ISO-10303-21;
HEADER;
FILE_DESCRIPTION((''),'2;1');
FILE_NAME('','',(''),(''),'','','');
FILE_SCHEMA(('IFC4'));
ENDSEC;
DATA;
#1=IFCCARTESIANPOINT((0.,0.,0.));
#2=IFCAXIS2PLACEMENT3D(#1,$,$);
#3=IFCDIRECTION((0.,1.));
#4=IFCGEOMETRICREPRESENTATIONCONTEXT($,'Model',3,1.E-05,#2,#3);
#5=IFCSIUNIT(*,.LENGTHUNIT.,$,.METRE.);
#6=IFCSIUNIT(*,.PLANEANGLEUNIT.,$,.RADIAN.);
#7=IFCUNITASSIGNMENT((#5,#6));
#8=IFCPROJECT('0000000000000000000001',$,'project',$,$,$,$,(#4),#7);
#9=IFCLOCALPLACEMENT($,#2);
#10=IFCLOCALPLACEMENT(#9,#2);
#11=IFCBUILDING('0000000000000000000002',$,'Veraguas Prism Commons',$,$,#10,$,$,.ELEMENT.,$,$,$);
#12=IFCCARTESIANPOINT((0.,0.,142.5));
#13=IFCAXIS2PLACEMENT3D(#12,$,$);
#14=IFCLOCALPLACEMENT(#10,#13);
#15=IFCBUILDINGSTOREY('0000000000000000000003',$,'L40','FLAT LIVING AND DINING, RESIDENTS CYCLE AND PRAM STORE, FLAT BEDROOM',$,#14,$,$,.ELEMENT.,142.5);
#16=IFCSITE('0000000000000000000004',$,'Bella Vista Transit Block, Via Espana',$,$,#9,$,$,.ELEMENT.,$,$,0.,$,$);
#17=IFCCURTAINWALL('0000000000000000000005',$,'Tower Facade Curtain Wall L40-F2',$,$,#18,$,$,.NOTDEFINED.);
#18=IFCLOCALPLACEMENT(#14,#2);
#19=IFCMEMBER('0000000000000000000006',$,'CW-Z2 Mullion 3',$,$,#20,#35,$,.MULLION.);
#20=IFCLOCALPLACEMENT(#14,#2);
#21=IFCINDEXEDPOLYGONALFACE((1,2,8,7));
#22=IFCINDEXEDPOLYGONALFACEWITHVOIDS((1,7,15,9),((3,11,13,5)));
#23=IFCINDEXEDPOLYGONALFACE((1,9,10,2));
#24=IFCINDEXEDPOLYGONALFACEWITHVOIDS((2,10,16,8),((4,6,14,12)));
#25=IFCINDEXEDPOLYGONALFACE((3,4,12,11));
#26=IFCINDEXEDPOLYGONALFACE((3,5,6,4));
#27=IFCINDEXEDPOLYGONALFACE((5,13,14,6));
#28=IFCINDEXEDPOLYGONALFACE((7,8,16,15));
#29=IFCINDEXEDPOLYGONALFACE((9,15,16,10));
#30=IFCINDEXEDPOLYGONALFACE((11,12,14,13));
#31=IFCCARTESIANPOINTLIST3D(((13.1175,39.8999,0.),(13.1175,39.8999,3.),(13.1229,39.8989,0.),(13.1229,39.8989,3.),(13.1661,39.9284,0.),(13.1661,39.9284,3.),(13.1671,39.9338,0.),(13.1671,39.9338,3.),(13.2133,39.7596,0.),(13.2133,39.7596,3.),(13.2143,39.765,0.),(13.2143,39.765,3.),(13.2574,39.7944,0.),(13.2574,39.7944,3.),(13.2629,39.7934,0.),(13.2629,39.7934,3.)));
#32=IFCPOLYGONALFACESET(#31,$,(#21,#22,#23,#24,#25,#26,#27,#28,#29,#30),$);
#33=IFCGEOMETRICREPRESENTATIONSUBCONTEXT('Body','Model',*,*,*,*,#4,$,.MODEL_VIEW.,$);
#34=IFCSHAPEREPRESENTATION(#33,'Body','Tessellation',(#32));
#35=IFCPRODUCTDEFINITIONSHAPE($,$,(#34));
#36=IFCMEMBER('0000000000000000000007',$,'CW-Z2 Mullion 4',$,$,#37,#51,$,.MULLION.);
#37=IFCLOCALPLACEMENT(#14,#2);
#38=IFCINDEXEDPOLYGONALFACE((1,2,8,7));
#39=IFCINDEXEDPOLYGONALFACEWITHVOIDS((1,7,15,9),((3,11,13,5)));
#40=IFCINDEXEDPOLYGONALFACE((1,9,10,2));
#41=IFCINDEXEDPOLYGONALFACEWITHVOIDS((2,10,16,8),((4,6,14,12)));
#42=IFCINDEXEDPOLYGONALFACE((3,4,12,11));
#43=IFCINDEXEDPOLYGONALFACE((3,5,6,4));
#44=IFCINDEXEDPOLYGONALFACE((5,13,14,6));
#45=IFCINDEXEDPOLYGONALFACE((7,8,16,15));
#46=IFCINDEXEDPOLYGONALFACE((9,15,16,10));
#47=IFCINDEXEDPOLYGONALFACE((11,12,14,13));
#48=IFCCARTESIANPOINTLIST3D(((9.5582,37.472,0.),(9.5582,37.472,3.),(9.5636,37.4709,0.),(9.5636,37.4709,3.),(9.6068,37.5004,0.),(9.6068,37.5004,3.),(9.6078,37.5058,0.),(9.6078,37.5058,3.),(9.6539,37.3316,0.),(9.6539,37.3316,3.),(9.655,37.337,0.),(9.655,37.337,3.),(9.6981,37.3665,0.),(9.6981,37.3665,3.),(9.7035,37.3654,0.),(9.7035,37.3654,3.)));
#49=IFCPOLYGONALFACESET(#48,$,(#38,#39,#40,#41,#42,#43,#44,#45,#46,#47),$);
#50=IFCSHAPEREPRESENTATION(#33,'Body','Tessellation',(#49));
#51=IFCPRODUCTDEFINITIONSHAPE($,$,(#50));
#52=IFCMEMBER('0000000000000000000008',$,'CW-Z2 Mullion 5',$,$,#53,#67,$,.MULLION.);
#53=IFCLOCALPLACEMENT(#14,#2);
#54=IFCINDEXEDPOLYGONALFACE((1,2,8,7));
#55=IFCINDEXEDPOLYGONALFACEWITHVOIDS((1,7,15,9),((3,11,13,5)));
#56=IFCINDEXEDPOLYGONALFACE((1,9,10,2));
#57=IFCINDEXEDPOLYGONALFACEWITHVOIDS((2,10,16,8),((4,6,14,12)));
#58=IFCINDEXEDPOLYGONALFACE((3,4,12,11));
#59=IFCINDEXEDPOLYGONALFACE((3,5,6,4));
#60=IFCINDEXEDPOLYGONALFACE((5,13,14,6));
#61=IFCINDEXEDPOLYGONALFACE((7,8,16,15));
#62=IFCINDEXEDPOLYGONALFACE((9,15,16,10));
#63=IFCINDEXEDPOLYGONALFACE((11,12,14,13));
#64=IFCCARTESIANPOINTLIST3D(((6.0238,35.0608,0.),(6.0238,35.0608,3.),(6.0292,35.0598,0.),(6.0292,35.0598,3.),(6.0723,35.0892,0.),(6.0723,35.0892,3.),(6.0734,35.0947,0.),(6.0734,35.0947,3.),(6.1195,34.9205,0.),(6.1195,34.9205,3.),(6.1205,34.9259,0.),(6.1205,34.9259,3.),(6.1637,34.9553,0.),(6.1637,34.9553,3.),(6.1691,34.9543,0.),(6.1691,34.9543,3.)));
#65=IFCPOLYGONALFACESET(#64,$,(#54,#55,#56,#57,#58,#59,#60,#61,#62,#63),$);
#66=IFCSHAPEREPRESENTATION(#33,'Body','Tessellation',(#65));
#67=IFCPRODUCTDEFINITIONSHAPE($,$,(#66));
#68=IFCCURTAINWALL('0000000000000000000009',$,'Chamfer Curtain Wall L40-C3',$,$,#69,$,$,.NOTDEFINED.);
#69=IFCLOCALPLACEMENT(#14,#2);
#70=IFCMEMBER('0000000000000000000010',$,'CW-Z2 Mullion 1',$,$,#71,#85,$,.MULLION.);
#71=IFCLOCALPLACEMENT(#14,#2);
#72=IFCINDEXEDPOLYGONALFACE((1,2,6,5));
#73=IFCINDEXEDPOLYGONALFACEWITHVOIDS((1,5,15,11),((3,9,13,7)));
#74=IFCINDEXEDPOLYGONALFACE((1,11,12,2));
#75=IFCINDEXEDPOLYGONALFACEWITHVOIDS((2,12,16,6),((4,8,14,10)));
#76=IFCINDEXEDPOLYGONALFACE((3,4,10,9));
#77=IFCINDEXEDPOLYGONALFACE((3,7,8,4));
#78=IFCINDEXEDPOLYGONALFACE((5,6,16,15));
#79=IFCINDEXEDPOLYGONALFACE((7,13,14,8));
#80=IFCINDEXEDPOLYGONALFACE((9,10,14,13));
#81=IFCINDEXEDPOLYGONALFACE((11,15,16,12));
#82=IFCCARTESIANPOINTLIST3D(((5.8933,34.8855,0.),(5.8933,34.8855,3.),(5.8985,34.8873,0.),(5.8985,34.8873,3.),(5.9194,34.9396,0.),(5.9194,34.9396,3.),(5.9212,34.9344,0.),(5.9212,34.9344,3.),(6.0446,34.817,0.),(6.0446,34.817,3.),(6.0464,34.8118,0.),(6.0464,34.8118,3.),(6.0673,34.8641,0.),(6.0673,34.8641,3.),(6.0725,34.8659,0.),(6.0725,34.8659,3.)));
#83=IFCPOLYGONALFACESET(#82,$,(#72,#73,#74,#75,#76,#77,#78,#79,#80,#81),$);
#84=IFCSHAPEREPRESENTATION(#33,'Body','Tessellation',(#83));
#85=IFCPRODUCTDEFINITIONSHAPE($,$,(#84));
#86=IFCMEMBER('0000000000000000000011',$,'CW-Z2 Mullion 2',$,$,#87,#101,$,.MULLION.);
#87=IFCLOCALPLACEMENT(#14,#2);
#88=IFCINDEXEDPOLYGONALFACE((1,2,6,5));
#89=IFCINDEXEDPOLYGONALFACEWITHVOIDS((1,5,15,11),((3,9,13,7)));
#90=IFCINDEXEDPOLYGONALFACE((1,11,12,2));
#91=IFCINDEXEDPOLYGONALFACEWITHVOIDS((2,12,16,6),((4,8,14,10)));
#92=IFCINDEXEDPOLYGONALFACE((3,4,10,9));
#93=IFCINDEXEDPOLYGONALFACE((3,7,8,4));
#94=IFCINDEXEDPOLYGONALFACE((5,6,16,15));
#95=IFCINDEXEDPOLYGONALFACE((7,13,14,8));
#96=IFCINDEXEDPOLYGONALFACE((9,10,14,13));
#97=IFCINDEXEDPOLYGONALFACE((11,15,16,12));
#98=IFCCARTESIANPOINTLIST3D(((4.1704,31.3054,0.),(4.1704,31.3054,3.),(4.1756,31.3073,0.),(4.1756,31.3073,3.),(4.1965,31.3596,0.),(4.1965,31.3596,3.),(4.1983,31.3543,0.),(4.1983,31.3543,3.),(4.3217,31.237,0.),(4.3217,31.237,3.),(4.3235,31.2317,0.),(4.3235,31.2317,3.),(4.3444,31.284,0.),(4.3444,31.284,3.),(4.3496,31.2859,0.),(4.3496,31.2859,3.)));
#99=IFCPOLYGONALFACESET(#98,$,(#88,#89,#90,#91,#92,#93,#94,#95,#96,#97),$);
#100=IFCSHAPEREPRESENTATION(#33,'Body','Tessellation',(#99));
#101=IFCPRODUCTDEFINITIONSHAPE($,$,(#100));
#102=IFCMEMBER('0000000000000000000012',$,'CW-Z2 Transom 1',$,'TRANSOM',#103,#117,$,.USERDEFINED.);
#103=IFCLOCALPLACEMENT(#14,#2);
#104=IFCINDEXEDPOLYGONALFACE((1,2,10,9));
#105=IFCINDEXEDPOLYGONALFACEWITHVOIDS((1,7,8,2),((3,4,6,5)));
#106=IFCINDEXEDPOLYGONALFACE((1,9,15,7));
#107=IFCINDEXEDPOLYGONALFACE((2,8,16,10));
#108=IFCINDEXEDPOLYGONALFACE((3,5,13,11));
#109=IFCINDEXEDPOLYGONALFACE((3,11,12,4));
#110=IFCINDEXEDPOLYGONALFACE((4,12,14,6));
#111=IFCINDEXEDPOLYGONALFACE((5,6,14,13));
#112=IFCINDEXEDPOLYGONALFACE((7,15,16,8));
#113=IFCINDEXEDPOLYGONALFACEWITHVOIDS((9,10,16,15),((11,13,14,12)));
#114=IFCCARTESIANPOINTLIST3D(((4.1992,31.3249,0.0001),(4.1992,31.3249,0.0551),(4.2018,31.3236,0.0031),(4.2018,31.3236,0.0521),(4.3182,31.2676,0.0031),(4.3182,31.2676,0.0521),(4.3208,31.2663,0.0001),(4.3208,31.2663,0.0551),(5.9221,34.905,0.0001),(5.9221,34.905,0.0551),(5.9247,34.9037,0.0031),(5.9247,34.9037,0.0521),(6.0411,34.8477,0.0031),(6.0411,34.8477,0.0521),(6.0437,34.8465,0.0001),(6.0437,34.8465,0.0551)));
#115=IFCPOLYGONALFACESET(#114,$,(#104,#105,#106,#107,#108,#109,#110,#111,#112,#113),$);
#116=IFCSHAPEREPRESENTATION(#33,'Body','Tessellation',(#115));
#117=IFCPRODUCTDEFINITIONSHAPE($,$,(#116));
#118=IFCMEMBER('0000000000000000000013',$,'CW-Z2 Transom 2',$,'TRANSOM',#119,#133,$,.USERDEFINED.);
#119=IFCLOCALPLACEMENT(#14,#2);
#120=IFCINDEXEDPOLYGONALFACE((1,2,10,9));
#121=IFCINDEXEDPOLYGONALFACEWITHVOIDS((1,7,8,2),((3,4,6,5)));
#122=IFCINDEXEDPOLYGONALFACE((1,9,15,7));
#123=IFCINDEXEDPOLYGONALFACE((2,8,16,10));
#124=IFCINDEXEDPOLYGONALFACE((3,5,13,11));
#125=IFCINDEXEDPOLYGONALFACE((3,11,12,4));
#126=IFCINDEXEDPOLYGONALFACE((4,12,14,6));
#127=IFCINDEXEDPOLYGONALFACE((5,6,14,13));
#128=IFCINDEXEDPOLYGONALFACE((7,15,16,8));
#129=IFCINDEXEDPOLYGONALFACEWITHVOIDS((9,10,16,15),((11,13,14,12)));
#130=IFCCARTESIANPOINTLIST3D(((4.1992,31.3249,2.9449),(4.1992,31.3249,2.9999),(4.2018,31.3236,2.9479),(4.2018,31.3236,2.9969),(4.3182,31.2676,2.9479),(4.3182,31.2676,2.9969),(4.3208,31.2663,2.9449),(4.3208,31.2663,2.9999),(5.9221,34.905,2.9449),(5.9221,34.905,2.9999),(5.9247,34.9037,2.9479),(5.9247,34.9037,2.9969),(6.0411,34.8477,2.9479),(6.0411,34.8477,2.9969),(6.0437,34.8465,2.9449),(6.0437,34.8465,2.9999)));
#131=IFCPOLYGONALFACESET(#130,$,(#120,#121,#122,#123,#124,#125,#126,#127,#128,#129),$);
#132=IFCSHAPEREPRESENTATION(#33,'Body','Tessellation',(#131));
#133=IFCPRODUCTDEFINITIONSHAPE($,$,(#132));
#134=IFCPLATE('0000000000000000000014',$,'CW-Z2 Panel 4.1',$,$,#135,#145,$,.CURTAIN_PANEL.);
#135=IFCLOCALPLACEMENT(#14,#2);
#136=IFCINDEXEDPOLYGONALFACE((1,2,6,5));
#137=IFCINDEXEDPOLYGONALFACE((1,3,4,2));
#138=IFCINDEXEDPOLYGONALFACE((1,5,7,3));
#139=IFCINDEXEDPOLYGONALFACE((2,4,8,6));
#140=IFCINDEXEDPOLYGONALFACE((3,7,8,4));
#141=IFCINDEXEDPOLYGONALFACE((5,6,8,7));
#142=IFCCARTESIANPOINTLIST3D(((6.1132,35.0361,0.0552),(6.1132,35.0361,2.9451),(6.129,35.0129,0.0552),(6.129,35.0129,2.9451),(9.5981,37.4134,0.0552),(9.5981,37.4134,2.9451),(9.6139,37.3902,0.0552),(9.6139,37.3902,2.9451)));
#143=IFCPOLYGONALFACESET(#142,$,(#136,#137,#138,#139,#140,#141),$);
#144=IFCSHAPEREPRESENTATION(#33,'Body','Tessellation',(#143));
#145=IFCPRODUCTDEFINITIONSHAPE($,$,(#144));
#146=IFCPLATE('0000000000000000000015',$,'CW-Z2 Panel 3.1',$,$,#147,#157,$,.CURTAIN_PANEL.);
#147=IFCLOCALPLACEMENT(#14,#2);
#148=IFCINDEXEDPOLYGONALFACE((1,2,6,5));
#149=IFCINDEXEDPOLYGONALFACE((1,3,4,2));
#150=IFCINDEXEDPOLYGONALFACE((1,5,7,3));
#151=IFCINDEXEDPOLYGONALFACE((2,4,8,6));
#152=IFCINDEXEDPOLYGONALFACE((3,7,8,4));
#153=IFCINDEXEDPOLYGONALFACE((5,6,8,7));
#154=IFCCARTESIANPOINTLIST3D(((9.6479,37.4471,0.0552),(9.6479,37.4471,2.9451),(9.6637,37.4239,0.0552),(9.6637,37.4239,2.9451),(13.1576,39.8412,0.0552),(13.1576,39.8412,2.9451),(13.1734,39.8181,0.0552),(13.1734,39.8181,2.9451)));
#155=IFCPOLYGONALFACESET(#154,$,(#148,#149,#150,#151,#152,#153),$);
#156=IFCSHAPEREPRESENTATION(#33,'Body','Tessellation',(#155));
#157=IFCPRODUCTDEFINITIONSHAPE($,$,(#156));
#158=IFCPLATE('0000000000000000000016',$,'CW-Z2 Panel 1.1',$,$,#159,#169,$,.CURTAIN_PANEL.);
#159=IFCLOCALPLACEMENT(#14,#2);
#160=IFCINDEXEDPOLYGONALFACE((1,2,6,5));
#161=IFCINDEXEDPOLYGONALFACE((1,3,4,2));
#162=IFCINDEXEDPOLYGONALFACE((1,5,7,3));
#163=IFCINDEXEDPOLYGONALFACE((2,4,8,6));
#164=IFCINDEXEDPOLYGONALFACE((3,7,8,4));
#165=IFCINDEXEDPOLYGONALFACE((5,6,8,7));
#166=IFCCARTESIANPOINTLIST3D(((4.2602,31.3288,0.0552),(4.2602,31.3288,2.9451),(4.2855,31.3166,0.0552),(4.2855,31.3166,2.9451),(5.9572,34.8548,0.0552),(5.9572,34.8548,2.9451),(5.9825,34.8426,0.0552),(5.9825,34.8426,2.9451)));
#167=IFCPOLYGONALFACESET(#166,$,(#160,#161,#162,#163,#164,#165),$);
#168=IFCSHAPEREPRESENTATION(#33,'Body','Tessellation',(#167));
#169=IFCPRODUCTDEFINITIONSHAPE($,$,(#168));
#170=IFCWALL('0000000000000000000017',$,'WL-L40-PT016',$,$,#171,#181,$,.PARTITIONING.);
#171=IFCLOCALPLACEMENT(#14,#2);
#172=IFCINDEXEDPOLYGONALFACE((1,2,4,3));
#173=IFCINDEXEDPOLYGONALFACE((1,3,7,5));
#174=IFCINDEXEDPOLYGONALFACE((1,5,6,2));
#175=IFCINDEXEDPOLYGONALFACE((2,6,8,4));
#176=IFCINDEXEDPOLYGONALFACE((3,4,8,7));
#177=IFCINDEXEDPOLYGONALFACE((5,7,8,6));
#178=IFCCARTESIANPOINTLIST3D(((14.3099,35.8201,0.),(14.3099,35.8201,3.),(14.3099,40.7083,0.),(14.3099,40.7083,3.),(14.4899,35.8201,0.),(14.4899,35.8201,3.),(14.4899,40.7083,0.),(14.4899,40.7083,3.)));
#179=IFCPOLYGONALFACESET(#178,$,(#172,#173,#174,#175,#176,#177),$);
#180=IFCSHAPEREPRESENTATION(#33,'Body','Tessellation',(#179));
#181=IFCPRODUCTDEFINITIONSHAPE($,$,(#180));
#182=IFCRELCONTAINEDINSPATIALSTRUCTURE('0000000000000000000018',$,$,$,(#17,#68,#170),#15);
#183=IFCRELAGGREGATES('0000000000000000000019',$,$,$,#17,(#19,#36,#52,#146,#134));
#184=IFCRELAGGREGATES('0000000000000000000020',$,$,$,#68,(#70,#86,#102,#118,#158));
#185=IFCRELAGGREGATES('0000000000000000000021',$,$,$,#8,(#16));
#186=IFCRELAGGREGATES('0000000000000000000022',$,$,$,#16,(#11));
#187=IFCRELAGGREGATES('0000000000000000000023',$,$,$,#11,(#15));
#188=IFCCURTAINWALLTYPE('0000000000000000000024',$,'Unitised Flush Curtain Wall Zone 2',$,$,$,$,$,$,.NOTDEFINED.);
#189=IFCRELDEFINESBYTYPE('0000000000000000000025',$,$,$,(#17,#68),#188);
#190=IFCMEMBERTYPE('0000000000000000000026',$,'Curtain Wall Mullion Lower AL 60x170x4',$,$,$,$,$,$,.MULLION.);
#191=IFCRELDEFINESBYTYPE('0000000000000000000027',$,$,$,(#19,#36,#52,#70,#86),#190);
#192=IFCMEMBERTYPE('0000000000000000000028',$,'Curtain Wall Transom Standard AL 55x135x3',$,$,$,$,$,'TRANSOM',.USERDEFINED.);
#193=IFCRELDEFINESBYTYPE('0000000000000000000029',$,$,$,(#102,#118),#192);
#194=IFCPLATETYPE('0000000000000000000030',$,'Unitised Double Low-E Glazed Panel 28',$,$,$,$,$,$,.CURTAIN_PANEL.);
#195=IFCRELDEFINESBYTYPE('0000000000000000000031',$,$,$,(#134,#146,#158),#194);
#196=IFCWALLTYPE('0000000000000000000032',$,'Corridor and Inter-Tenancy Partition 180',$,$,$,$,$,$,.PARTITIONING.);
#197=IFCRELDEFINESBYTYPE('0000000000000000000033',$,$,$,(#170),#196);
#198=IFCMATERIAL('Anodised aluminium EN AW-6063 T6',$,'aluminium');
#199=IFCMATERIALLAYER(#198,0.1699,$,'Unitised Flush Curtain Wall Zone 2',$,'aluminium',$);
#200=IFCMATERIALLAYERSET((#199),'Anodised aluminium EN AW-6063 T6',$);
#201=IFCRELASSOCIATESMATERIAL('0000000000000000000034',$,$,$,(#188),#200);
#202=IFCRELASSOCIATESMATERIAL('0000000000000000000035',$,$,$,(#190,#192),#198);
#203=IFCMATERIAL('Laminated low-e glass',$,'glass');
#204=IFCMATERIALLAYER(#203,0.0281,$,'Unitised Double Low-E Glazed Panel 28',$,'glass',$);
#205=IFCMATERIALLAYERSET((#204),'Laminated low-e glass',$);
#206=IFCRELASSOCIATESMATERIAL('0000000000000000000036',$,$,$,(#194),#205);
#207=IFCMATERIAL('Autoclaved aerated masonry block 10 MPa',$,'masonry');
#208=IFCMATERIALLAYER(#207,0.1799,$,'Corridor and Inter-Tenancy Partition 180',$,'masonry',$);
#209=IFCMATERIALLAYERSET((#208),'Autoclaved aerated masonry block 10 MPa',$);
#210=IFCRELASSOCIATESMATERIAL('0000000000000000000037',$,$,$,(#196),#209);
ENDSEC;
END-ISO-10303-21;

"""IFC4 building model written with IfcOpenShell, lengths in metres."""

from ifc_helpers import new_model, si_unit, direction, frame, frame_2d, origin, origin_2d, place, context, subcontext, project, spatial, rectangle, hollow_rectangle, extrude, source, transform, mapped, material, layer, layer_set, material_profile, profile_set, type_object, element, aggregate, save


model = new_model("IFC4")

# Units and contexts
model_context = context("Model", 3, precision=1e-05, world=origin(), true_north=direction((0.0, 1.0)))
body_context = subcontext(model_context, "Body", "Model", "MODEL_VIEW")
ifc_project = project(units=[si_unit("LENGTHUNIT", "METRE"), si_unit("PLANEANGLEUNIT", "RADIAN")], contexts=[model_context])

# Site, building, storey
site_placement = place(None, origin())
site = spatial("IfcSite", under=ifc_project, at=site_placement, Name="Bella Vista Transit Block, Via Espana", CompositionType="ELEMENT", RefElevation=0.0)
building_placement = place(site_placement, origin())
building = spatial("IfcBuilding", under=site, at=building_placement, Name="Veraguas Prism Commons", CompositionType="ELEMENT")
storey_placement = place(building_placement, frame((0.0, 0.0, 142.5)))
storey = spatial("IfcBuildingStorey", under=building, at=storey_placement, Name="L40", Description="FLAT LIVING AND DINING, RESIDENTS CYCLE AND PRAM STORE, FLAT BEDROOM", CompositionType="ELEMENT", Elevation=142.5)

# Curtain walls, members
ifc_material_1 = material(Name="Anodised aluminium EN AW-6063 T6", Category="aluminium")
ifc_layer_1 = layer(ifc_material_1, 0.1699, Name="Unitised Flush Curtain Wall Zone 2", Category="aluminium")
ifc_layer_set_1 = layer_set([ifc_layer_1], Name="Anodised aluminium EN AW-6063 T6")
curtain_wall_type = type_object("IfcCurtainWallType", Name="Unitised Flush Curtain Wall Zone 2", PredefinedType="NOTDEFINED", material=ifc_layer_set_1)
curtain_wall_1_placement = place(storey_placement, origin())
curtain_wall_1 = element("IfcCurtainWall", 1, at=curtain_wall_1_placement, inside=storey, type_object=curtain_wall_type, Name="Tower Facade Curtain Wall L40-F2", PredefinedType="NOTDEFINED")
ifc_material_profile_1 = material_profile(ifc_material_1, hollow_rectangle(XDim=0.0601, YDim=0.1699, WallThickness=0.0039, at=origin_2d()), Name="AL60X170X4")
ifc_profile_set_1 = profile_set([ifc_material_profile_1], Name="Anodised aluminium EN AW-6063 T6")
member_type_1 = type_object("IfcMemberType", Name="Curtain Wall Mullion Lower AL 60x170x4", PredefinedType="MULLION", material=ifc_profile_set_1)
shared_shape_1 = source(origin(), body_context, "Body", "SweptSolid", [
    extrude(hollow_rectangle(XDim=0.0601, YDim=0.1699, WallThickness=0.0039, at=origin_2d()), origin(), (0.0, 0.0, 1.0), 3.0),
])
member_1_placement = place(storey_placement, frame((13.1902, 39.8467, 0.0), z_axis=(0.0, 0.0, 1.0), x_axis=(-0.826097, -0.563527, 0.0)))
member_1 = element("IfcMember", 2, at=member_1_placement, type_object=member_type_1, Name="CW-Z2 Mullion 3", PredefinedType="MULLION", context=body_context, shape_type="MappedRepresentation", body=[
    mapped(shared_shape_1, transform((0.0, 0.0, 0.0), scale=1.0)),
])
member_2_placement = place(storey_placement, frame((9.6309, 37.4187, 0.0), z_axis=(0.0, 0.0, 1.0), x_axis=(-0.826097, -0.563527, 0.0)))
member_2 = element("IfcMember", 3, at=member_2_placement, type_object=member_type_1, Name="CW-Z2 Mullion 4", PredefinedType="MULLION", context=body_context, shape_type="MappedRepresentation", body=[
    mapped(shared_shape_1, transform((0.0, 0.0, 0.0), scale=1.0)),
])
member_3_placement = place(storey_placement, frame((6.0964, 35.0076, 0.0), z_axis=(0.0, 0.0, 1.0), x_axis=(-0.826097, -0.563527, 0.0)))
member_3 = element("IfcMember", 4, at=member_3_placement, type_object=member_type_1, Name="CW-Z2 Mullion 5", PredefinedType="MULLION", context=body_context, shape_type="MappedRepresentation", body=[
    mapped(shared_shape_1, transform((0.0, 0.0, 0.0), scale=1.0)),
])
curtain_wall_2_placement = place(storey_placement, origin())
curtain_wall_2 = element("IfcCurtainWall", 5, at=curtain_wall_2_placement, inside=storey, type_object=curtain_wall_type, Name="Chamfer Curtain Wall L40-C3", PredefinedType="NOTDEFINED")
member_4_placement = place(storey_placement, frame((5.9829, 34.8757, 0.0), z_axis=(0.0, 0.0, 1.0), x_axis=(-0.433684, -0.901065, 0.0)))
member_4 = element("IfcMember", 6, at=member_4_placement, type_object=member_type_1, Name="CW-Z2 Mullion 1", PredefinedType="MULLION", context=body_context, shape_type="MappedRepresentation", body=[
    mapped(shared_shape_1, transform((0.0, 0.0, 0.0), scale=1.0)),
])
member_5_placement = place(storey_placement, frame((4.26, 31.2957, 0.0), z_axis=(0.0, 0.0, 1.0), x_axis=(-0.433684, -0.901065, 0.0)))
member_5 = element("IfcMember", 7, at=member_5_placement, type_object=member_type_1, Name="CW-Z2 Mullion 2", PredefinedType="MULLION", context=body_context, shape_type="MappedRepresentation", body=[
    mapped(shared_shape_1, transform((0.0, 0.0, 0.0), scale=1.0)),
])
ifc_material_profile_2 = material_profile(ifc_material_1, hollow_rectangle(XDim=0.0549, YDim=0.135, WallThickness=0.0029, at=origin_2d()), Name="AL55X135X3")
ifc_profile_set_2 = profile_set([ifc_material_profile_2], Name="Anodised aluminium EN AW-6063 T6")
member_type_2 = type_object("IfcMemberType", Name="Curtain Wall Transom Standard AL 55x135x3", ElementType="TRANSOM", PredefinedType="USERDEFINED", material=ifc_profile_set_2)
shared_shape_2 = source(origin(), body_context, "Body", "SweptSolid", [
    extrude(hollow_rectangle(XDim=0.0549, YDim=0.135, WallThickness=0.0029, at=origin_2d()), origin(), (0.0, 0.0, 1.0), 3.9731),
])
member_6_placement = place(storey_placement, frame((5.9829, 34.8757, 0.0276), z_axis=(-0.433644, -0.901084, 0.0), x_axis=(0.0, 0.0, 1.0)))
member_6 = element("IfcMember", 8, at=member_6_placement, type_object=member_type_2, Name="CW-Z2 Transom 1", ObjectType="TRANSOM", PredefinedType="USERDEFINED", context=body_context, shape_type="MappedRepresentation", body=[
    mapped(shared_shape_2, transform((0.0, 0.0, 0.0), scale=1.0)),
])
member_7_placement = place(storey_placement, frame((5.9829, 34.8757, 2.9724), z_axis=(-0.433644, -0.901084, 0.0), x_axis=(0.0, 0.0, 1.0)))
member_7 = element("IfcMember", 9, at=member_7_placement, type_object=member_type_2, Name="CW-Z2 Transom 2", ObjectType="TRANSOM", PredefinedType="USERDEFINED", context=body_context, shape_type="MappedRepresentation", body=[
    mapped(shared_shape_2, transform((0.0, 0.0, 0.0), scale=1.0)),
])

# Plates
ifc_material_2 = material(Name="Laminated low-e glass", Category="glass")
ifc_layer_2 = layer(ifc_material_2, 0.0281, Name="Unitised Double Low-E Glazed Panel 28", Category="glass")
ifc_layer_set_2 = layer_set([ifc_layer_2], Name="Laminated low-e glass")
plate_type = type_object("IfcPlateType", Name="Unitised Double Low-E Glazed Panel 28", PredefinedType="CURTAIN_PANEL", material=ifc_layer_set_2)
shared_shape_3 = source(origin(), body_context, "Body", "SweptSolid", [
    extrude(rectangle(XDim=4.2185, YDim=0.0281, at=origin_2d()), origin(), (0.0, 0.0, 1.0), 2.8899),
])
plate_1_placement = place(storey_placement, frame((7.8635, 36.2131, 0.0552), z_axis=(0.0, 0.0, 1.0), x_axis=(-0.826097, -0.563527, 0.0)))
plate_1 = element("IfcPlate", 10, at=plate_1_placement, type_object=plate_type, Name="CW-Z2 Panel 4.1", PredefinedType="CURTAIN_PANEL", context=body_context, shape_type="MappedRepresentation", body=[
    mapped(shared_shape_3, transform((0.0, 0.0, 0.0), scale=1.0)),
])
shared_shape_4 = source(origin(), body_context, "Body", "SweptSolid", [
    extrude(rectangle(XDim=4.2485, YDim=0.0281, at=origin_2d()), origin(), (0.0, 0.0, 1.0), 2.8899),
])
plate_2_placement = place(storey_placement, frame((11.4106, 38.6326, 0.0552), z_axis=(0.0, 0.0, 1.0), x_axis=(-0.826097, -0.563527, 0.0)))
plate_2 = element("IfcPlate", 11, at=plate_2_placement, type_object=plate_type, Name="CW-Z2 Panel 3.1", PredefinedType="CURTAIN_PANEL", context=body_context, shape_type="MappedRepresentation", body=[
    mapped(shared_shape_4, transform((0.0, 0.0, 0.0), scale=1.0)),
])
aggregate(curtain_wall_1, [member_1, member_2, member_3, plate_2, plate_1])
shared_shape_5 = source(origin(), body_context, "Body", "SweptSolid", [
    extrude(rectangle(XDim=3.9131, YDim=0.0281, at=origin_2d()), origin(), (0.0, 0.0, 1.0), 2.8899),
])
plate_3_placement = place(storey_placement, frame((5.1213, 33.0857, 0.0552), z_axis=(0.0, 0.0, 1.0), x_axis=(-0.433684, -0.901065, 0.0)))
plate_3 = element("IfcPlate", 12, at=plate_3_placement, type_object=plate_type, Name="CW-Z2 Panel 1.1", PredefinedType="CURTAIN_PANEL", context=body_context, shape_type="MappedRepresentation", body=[
    mapped(shared_shape_5, transform((0.0, 0.0, 0.0), scale=1.0)),
])
aggregate(curtain_wall_2, [member_4, member_5, member_6, member_7, plate_3])

# Wall
ifc_material_3 = material(Name="Autoclaved aerated masonry block 10 MPa", Category="masonry")
ifc_layer_3 = layer(ifc_material_3, 0.1799, Name="Corridor and Inter-Tenancy Partition 180", Category="masonry")
ifc_layer_set_3 = layer_set([ifc_layer_3], Name="Autoclaved aerated masonry block 10 MPa")
wall_type_1 = type_object("IfcWallType", Name="Corridor and Inter-Tenancy Partition 180", PredefinedType="PARTITIONING", material=ifc_layer_set_3)
wall_1_placement = place(storey_placement, frame((14.3999, 35.8201, 0.0), z_axis=(0.0, 0.0, 1.0), x_axis=(0.0, 1.0, 0.0)))
element("IfcWall", 13, at=wall_1_placement, inside=storey, type_object=wall_type_1, Name="WL-L40-PT016", PredefinedType="PARTITIONING", context=body_context, shape_type="SweptSolid", body=[
    extrude(rectangle(XDim=4.8882, YDim=0.1799, at=frame_2d((2.4441, 0.0))), origin(), (0.0, 0.0, 1.0), 3.0),
])

save(model, "model.ifc")
